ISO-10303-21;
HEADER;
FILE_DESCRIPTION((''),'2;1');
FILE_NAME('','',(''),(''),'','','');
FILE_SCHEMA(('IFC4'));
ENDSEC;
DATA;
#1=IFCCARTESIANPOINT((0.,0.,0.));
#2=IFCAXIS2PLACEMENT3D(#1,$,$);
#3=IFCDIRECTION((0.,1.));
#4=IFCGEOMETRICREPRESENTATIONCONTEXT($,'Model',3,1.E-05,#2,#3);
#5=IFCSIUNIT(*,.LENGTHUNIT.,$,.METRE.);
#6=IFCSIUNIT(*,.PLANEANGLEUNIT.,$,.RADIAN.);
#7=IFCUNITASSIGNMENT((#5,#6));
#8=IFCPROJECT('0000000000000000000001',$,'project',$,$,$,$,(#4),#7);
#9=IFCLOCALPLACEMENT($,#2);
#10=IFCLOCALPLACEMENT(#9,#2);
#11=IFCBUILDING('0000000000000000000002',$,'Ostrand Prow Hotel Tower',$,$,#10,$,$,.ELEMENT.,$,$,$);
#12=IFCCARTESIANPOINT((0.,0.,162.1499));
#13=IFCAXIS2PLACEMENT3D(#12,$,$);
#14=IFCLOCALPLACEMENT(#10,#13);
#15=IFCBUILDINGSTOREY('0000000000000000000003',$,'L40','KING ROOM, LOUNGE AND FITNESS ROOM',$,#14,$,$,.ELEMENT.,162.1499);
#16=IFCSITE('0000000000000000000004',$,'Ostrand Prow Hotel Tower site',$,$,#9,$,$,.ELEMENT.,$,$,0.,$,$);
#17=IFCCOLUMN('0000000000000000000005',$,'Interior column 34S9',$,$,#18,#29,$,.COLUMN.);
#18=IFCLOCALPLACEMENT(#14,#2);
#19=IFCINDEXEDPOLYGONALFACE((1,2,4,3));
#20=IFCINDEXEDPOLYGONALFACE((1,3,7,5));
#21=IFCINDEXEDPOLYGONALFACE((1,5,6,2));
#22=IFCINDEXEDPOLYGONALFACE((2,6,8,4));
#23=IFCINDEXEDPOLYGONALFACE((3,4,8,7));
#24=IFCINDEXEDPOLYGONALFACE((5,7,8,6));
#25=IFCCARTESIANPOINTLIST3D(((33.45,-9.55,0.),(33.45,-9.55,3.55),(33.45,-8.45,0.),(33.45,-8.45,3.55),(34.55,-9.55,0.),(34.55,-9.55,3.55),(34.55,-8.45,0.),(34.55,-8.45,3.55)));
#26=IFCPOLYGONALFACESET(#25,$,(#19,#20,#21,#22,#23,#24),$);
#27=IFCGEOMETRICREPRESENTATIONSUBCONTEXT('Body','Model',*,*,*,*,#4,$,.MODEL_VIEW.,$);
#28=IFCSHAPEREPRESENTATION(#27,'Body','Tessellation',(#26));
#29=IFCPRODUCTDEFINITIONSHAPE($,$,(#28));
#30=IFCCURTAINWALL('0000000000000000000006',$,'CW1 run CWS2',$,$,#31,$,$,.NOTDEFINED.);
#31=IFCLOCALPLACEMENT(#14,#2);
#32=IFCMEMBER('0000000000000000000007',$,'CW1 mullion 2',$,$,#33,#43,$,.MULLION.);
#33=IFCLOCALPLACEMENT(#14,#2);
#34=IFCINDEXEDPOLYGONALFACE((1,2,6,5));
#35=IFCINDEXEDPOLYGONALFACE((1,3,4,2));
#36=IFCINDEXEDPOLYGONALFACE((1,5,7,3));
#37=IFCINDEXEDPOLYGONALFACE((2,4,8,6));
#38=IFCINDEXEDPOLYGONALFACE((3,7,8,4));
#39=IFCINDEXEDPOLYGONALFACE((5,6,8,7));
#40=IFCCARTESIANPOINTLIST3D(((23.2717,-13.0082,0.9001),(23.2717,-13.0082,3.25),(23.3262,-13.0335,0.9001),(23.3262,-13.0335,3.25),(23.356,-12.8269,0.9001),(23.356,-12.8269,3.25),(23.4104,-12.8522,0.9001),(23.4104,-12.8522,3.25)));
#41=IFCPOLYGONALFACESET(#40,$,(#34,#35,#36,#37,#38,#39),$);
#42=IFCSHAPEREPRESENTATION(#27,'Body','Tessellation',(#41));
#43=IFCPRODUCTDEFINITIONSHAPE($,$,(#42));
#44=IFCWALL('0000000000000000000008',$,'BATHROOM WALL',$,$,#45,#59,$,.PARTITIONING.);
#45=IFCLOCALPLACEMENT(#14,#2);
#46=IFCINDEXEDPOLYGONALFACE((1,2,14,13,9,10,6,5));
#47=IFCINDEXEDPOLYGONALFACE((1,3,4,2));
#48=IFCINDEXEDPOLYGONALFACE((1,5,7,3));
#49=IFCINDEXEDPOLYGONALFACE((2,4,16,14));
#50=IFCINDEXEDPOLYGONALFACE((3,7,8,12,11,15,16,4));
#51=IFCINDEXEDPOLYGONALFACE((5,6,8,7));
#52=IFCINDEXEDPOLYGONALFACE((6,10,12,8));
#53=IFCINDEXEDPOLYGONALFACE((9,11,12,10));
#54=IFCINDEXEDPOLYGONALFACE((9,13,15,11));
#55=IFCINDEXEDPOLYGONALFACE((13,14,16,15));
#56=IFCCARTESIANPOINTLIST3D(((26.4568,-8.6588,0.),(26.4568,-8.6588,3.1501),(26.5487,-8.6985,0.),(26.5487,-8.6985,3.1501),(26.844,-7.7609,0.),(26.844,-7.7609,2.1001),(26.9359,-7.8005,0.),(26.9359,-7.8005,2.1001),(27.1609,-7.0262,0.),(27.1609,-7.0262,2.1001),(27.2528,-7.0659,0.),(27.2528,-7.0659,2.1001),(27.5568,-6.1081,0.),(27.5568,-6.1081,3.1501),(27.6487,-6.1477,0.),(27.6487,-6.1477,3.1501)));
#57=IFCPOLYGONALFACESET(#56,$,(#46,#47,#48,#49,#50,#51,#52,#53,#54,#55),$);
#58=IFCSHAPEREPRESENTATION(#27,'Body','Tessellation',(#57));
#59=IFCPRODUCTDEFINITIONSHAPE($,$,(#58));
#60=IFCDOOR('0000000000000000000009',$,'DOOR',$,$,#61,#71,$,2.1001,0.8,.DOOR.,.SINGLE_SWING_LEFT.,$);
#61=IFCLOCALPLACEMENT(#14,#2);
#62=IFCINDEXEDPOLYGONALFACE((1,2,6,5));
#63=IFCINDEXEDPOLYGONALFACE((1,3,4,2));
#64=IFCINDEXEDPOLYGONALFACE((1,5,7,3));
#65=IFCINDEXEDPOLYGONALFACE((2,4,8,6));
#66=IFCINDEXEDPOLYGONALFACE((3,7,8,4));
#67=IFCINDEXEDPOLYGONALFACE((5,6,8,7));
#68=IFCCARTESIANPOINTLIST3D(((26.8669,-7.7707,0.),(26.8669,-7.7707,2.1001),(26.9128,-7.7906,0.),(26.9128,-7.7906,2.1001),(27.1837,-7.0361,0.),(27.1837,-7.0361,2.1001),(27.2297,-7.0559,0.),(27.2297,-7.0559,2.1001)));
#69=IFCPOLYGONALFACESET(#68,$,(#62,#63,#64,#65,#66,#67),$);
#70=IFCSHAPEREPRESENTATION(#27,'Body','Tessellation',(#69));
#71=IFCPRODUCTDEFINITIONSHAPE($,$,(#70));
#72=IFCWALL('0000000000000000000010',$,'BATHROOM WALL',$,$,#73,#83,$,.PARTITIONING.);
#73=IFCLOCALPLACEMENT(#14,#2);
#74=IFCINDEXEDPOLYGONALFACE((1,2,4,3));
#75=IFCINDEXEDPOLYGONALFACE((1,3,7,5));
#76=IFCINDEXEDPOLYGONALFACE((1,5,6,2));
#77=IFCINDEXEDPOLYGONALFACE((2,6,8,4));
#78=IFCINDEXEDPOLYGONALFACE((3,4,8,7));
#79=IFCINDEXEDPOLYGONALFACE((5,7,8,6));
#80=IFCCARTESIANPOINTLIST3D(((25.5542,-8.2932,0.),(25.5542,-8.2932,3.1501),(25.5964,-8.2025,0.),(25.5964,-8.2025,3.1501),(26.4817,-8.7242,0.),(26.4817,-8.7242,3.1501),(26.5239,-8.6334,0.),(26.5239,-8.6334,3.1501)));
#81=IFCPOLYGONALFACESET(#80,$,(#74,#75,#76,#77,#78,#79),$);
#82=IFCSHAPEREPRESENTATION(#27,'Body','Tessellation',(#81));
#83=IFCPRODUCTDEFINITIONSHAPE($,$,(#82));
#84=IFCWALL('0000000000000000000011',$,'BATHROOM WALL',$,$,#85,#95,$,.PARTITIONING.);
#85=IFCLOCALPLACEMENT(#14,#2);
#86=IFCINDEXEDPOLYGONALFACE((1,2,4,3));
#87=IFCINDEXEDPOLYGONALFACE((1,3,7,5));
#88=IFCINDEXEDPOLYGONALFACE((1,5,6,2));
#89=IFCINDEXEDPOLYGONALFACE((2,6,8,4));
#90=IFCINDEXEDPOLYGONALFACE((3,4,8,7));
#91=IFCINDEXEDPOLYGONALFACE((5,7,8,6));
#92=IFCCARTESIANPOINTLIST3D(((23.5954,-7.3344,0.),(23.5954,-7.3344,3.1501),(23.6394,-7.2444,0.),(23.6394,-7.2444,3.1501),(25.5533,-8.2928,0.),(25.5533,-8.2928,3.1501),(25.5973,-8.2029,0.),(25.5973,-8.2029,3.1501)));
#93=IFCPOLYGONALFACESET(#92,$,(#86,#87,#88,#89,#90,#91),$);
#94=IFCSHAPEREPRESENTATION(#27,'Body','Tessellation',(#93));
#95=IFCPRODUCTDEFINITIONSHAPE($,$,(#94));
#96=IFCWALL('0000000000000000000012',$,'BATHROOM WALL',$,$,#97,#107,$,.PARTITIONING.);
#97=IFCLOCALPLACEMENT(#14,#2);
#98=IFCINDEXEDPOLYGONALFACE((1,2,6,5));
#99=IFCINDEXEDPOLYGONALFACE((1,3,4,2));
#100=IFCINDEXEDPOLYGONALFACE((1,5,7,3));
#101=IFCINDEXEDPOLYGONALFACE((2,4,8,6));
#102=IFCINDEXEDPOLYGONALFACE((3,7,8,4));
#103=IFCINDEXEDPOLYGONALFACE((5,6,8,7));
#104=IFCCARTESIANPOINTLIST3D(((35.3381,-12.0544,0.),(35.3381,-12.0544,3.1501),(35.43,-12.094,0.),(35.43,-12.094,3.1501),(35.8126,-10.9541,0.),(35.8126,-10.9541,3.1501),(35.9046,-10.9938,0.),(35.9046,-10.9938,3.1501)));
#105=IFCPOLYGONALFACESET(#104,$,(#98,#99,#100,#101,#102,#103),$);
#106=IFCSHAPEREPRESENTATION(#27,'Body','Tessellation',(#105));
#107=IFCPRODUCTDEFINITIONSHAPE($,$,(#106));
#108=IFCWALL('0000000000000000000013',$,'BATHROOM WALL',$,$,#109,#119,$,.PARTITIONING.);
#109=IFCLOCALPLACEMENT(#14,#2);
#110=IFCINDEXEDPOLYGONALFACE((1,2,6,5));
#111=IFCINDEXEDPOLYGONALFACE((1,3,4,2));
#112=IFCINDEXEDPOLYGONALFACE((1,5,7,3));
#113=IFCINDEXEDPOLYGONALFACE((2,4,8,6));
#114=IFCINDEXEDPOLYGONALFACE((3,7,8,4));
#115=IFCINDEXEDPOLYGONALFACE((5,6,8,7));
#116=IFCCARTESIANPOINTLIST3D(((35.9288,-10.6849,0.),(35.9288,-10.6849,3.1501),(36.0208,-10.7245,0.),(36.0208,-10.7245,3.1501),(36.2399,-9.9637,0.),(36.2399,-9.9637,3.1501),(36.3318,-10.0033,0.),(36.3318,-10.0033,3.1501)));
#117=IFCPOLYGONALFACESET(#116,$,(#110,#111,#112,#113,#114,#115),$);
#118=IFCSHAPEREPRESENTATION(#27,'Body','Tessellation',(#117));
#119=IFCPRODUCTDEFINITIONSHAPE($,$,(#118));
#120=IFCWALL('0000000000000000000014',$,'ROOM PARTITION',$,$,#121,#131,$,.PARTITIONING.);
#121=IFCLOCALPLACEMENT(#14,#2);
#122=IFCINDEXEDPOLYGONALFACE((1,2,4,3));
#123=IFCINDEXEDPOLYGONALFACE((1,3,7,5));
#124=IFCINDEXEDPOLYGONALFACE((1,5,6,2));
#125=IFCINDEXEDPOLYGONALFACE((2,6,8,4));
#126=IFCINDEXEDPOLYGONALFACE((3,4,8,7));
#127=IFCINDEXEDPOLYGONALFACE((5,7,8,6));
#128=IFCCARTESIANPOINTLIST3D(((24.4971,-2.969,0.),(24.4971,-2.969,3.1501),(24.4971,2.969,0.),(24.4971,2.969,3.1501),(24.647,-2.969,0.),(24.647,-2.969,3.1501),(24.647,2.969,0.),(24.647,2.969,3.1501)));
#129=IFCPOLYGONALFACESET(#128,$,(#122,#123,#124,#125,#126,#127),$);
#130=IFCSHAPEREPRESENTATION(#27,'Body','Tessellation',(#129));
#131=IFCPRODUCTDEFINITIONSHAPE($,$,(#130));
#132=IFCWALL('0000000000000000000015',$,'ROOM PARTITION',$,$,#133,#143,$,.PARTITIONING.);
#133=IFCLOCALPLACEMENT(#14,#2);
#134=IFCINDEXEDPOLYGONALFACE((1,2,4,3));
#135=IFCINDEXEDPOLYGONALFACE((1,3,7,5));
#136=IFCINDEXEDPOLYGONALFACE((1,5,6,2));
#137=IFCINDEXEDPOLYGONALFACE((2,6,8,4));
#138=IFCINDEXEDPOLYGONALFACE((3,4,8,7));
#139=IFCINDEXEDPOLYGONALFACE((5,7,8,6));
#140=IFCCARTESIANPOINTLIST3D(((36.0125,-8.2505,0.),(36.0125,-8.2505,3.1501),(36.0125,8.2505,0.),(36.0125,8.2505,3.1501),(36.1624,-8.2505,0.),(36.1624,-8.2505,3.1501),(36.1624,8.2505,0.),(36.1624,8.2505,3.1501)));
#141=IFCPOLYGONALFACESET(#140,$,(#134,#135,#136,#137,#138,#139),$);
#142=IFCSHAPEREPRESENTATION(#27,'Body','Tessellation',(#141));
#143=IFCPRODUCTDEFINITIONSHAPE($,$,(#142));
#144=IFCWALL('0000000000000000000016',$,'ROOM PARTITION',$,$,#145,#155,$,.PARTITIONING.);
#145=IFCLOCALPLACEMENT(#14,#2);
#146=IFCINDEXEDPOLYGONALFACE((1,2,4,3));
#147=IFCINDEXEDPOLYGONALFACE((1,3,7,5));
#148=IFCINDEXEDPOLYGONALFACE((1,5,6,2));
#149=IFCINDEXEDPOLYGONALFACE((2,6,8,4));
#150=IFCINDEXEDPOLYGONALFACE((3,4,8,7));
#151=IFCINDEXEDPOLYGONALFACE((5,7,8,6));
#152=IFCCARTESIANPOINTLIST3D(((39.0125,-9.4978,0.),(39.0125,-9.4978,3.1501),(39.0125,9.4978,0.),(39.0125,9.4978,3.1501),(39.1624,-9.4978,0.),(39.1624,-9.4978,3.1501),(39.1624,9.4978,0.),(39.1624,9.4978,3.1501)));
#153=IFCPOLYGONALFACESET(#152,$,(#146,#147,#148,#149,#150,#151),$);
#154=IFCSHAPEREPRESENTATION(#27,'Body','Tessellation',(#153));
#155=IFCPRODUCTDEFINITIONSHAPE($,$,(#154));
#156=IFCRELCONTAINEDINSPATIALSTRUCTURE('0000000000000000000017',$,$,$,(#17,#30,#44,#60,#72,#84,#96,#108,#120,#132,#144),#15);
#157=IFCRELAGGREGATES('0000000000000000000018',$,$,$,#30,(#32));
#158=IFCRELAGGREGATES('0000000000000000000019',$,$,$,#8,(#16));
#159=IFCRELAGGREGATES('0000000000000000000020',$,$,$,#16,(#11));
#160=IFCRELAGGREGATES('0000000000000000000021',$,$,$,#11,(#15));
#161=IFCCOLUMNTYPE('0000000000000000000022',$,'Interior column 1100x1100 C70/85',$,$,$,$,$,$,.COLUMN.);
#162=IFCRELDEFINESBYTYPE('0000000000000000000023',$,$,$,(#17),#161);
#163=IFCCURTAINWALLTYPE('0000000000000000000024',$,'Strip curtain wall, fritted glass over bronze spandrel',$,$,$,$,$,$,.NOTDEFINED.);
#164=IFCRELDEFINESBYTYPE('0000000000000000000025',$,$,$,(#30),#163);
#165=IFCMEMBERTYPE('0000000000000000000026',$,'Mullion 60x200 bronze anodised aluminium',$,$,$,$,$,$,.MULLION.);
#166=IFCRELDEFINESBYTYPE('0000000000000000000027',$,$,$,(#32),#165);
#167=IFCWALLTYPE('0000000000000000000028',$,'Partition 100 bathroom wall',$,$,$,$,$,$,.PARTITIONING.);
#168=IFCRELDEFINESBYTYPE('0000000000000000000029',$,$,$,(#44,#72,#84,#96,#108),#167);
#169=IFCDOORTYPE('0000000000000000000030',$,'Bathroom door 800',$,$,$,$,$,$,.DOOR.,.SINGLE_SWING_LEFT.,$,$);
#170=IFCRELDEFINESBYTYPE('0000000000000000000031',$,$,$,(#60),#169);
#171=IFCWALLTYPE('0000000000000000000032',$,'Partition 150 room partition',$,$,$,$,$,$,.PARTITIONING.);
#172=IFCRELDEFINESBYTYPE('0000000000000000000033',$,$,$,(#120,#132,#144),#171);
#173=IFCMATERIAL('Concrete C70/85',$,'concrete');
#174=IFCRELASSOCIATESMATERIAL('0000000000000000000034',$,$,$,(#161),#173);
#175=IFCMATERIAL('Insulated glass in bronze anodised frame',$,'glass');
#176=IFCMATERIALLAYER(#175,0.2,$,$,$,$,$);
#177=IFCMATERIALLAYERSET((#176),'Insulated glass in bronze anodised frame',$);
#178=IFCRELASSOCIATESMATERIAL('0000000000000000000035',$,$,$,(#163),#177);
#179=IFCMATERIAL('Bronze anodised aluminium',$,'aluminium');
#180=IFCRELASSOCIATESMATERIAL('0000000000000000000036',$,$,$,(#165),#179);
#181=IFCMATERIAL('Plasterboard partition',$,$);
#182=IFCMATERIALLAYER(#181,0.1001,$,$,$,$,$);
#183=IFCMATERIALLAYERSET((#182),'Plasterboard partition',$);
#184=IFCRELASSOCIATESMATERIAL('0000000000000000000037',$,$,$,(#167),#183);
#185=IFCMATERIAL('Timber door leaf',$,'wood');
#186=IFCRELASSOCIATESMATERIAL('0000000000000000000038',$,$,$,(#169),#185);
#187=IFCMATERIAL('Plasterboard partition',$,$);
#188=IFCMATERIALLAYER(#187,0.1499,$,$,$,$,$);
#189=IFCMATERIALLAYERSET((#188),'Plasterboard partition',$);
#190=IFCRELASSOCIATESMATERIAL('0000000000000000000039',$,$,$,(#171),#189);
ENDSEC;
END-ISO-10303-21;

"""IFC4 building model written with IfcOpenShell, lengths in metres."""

from ifc_helpers import new_model, si_unit, direction, frame, frame_2d, origin, origin_2d, place, context, subcontext, project, spatial, rectangle, extrude, material, layer, layer_set, material_profile, profile_set, type_object, element, fill, aggregate, save


model = new_model("IFC4")

# Units and contexts
model_context = context("Model", 3, precision=1e-05, world=origin(), true_north=direction((0.0, 1.0)))
body_context = subcontext(model_context, "Body", "Model", "MODEL_VIEW")
ifc_project = project(units=[si_unit("LENGTHUNIT", "METRE"), si_unit("PLANEANGLEUNIT", "RADIAN")], contexts=[model_context])

# Site, building, storey
site_placement = place(None, origin())
site = spatial("IfcSite", under=ifc_project, at=site_placement, Name="Ostrand Prow Hotel Tower site", CompositionType="ELEMENT", RefElevation=0.0)
building_placement = place(site_placement, origin())
building = spatial("IfcBuilding", under=site, at=building_placement, Name="Ostrand Prow Hotel Tower", CompositionType="ELEMENT")
storey_placement = place(building_placement, frame((0.0, 0.0, 162.1499)))
storey = spatial("IfcBuildingStorey", under=building, at=storey_placement, Name="L40", Description="KING ROOM, LOUNGE AND FITNESS ROOM", CompositionType="ELEMENT", Elevation=162.1499)

# Column
ifc_material_1 = material(Name="Concrete C70/85", Category="concrete")
ifc_material_profile_1 = material_profile(ifc_material_1, rectangle(XDim=1.1001, YDim=1.1001, at=origin_2d()), Name="RC 1100x1100")
ifc_profile_set_1 = profile_set([ifc_material_profile_1], Name="Concrete C70/85")
column_type = type_object("IfcColumnType", Name="Interior column 1100x1100 C70/85", PredefinedType="COLUMN", material=ifc_profile_set_1)
column_placement = place(storey_placement, frame((34.0, -9.0, 0.0), z_axis=(0.0, 0.0, 1.0), x_axis=(1.0, 0.0, 0.0)))
element("IfcColumn", 1, at=column_placement, inside=storey, type_object=column_type, Name="Interior column 34S9", PredefinedType="COLUMN", context=body_context, shape_type="SweptSolid", body=[
    extrude(rectangle(XDim=1.1001, YDim=1.1001, at=origin_2d()), origin(), (0.0, 0.0, 1.0), 3.55),
])

# Curtain wall, member
ifc_material_2 = material(Name="Insulated glass in bronze anodised frame", Category="glass")
ifc_layer_1 = layer(ifc_material_2, 0.2)
ifc_layer_set_1 = layer_set([ifc_layer_1], Name="Insulated glass in bronze anodised frame")
curtain_wall_type = type_object("IfcCurtainWallType", Name="Strip curtain wall, fritted glass over bronze spandrel", PredefinedType="NOTDEFINED", material=ifc_layer_set_1)
curtain_wall_placement = place(storey_placement, origin())
curtain_wall = element("IfcCurtainWall", 2, at=curtain_wall_placement, inside=storey, type_object=curtain_wall_type, Name="CW1 run CWS2", PredefinedType="NOTDEFINED")
ifc_material_3 = material(Name="Bronze anodised aluminium", Category="aluminium")
ifc_material_profile_2 = material_profile(ifc_material_3, rectangle(XDim=0.2, YDim=0.0601, at=origin_2d()), Name="Mullion 60x200 bronze anodised aluminium")
ifc_profile_set_2 = profile_set([ifc_material_profile_2], Name="Bronze anodised aluminium")
member_type = type_object("IfcMemberType", Name="Mullion 60x200 bronze anodised aluminium", PredefinedType="MULLION", material=ifc_profile_set_2)
member_placement = place(storey_placement, frame((23.3411, -12.9302, 0.9001), z_axis=(0.0, 0.0, 1.0), x_axis=(0.421522, 0.906818, 0.0)))
member = element("IfcMember", 3, at=member_placement, type_object=member_type, Name="CW1 mullion 2", PredefinedType="MULLION", context=body_context, shape_type="SweptSolid", body=[
    extrude(rectangle(XDim=0.2, YDim=0.0601, at=origin_2d()), origin(), (0.0, 0.0, 1.0), 2.3499),
])
aggregate(curtain_wall, [member])

# Wall, opening, door
ifc_material_4 = material(Name="Plasterboard partition")
ifc_layer_2 = layer(ifc_material_4, 0.1001)
ifc_layer_set_2 = layer_set([ifc_layer_2], Name="Plasterboard partition")
wall_type_1 = type_object("IfcWallType", Name="Partition 100 bathroom wall", PredefinedType="PARTITIONING", material=ifc_layer_set_2)
wall_1_placement = place(storey_placement, frame((27.6028, -6.1279, 0.0), z_axis=(0.0, 0.0, 1.0), x_axis=(-0.396018, -0.918243, 0.0)))
wall_1 = element("IfcWall", 4, at=wall_1_placement, inside=storey, type_object=wall_type_1, Name="BATHROOM WALL", PredefinedType="PARTITIONING", context=body_context, shape_type="SweptSolid", body=[
    extrude(rectangle(XDim=2.7778, YDim=0.1001, at=frame_2d((1.3889, 0.0))), origin(), (0.0, 0.0, 1.0), 3.1501),
])
opening_1_placement = place(wall_1_placement, frame((1.0, 0.0, 0.0)))
opening_1 = element("IfcOpeningElement", 5, at=opening_1_placement, cuts=wall_1, PredefinedType="OPENING", context=body_context, shape_type="SweptSolid", body=[
    extrude(rectangle(XDim=0.8, YDim=2.1001, at=frame_2d((0.3999, 1.05))), frame((0.0, 0.0601, 0.0), z_axis=(0.0, -1.0, 0.0), x_axis=(1.0, 0.0, 0.0)), (0.0, 0.0, 1.0), 0.1201),
])
ifc_material_5 = material(Name="Timber door leaf", Category="wood")
door_type_1 = type_object("IfcDoorType", Name="Bathroom door 800", OperationType="SINGLE_SWING_LEFT", PredefinedType="DOOR", material=ifc_material_5)
door_1_placement = place(opening_1_placement, origin())
door_1 = element("IfcDoor", 6, at=door_1_placement, inside=storey, type_object=door_type_1, Name="DOOR", OperationType="SINGLE_SWING_LEFT", OverallHeight=2.1001, OverallWidth=0.8, PredefinedType="DOOR", context=body_context, shape_type="SweptSolid", body=[
    extrude(rectangle(XDim=0.8, YDim=2.1001, at=frame_2d((0.3999, 1.05))), frame((0.0, 0.0249, 0.0), z_axis=(0.0, -1.0, 0.0), x_axis=(1.0, 0.0, 0.0)), (0.0, 0.0, 1.0), 0.05),
])
fill(opening_1, door_1)

# Walls
wall_2_placement = place(storey_placement, frame((26.5027, -8.6787, 0.0), z_axis=(0.0, 0.0, 1.0), x_axis=(-0.906901, 0.421343, 0.0)))
element("IfcWall", 7, at=wall_2_placement, inside=storey, type_object=wall_type_1, Name="BATHROOM WALL", PredefinedType="PARTITIONING", context=body_context, shape_type="SweptSolid", body=[
    extrude(rectangle(XDim=1.0227, YDim=0.1001, at=frame_2d((0.5112, 0.0))), origin(), (0.0, 0.0, 1.0), 3.1501),
])
wall_3_placement = place(storey_placement, frame((25.5752, -8.2478, 0.0), z_axis=(0.0, 0.0, 1.0), x_axis=(-0.898158, 0.439672, 0.0)))
element("IfcWall", 8, at=wall_3_placement, inside=storey, type_object=wall_type_1, Name="BATHROOM WALL", PredefinedType="PARTITIONING", context=body_context, shape_type="SweptSolid", body=[
    extrude(rectangle(XDim=2.1799, YDim=0.1001, at=frame_2d((1.0898, 0.0))), origin(), (0.0, 0.0, 1.0), 3.1501),
])
wall_4_placement = place(storey_placement, frame((35.384, -12.0742, 0.0), z_axis=(0.0, 0.0, 1.0), x_axis=(0.396057, 0.918226, 0.0)))
element("IfcWall", 9, at=wall_4_placement, inside=storey, type_object=wall_type_1, Name="BATHROOM WALL", PredefinedType="PARTITIONING", context=body_context, shape_type="SweptSolid", body=[
    extrude(rectangle(XDim=1.1982, YDim=0.1001, at=frame_2d((0.5991, 0.0))), origin(), (0.0, 0.0, 1.0), 3.1501),
])
wall_5_placement = place(storey_placement, frame((35.9749, -10.7046, 0.0), z_axis=(0.0, 0.0, 1.0), x_axis=(0.396019, 0.918242, 0.0)))
element("IfcWall", 10, at=wall_5_placement, inside=storey, type_object=wall_type_1, Name="BATHROOM WALL", PredefinedType="PARTITIONING", context=body_context, shape_type="SweptSolid", body=[
    extrude(rectangle(XDim=0.7854, YDim=0.1001, at=frame_2d((0.3926, 0.0))), origin(), (0.0, 0.0, 1.0), 3.1501),
])
ifc_material_6 = material(Name="Plasterboard partition")
ifc_layer_3 = layer(ifc_material_6, 0.1499)
ifc_layer_set_3 = layer_set([ifc_layer_3], Name="Plasterboard partition")
wall_type_2 = type_object("IfcWallType", Name="Partition 150 room partition", PredefinedType="PARTITIONING", material=ifc_layer_set_3)
wall_6_placement = place(storey_placement, frame((24.572, -2.969, 0.0), z_axis=(0.0, 0.0, 1.0), x_axis=(0.0, 1.0, 0.0)))
element("IfcWall", 11, at=wall_6_placement, inside=storey, type_object=wall_type_2, Name="ROOM PARTITION", PredefinedType="PARTITIONING", context=body_context, shape_type="SweptSolid", body=[
    extrude(rectangle(XDim=5.938, YDim=0.1499, at=frame_2d((2.969, 0.0))), origin(), (0.0, 0.0, 1.0), 3.1501),
])
wall_7_placement = place(storey_placement, frame((36.0874, -8.2505, 0.0), z_axis=(0.0, 0.0, 1.0), x_axis=(0.0, 1.0, 0.0)))
element("IfcWall", 12, at=wall_7_placement, inside=storey, type_object=wall_type_2, Name="ROOM PARTITION", PredefinedType="PARTITIONING", context=body_context, shape_type="SweptSolid", body=[
    extrude(rectangle(XDim=16.501, YDim=0.1499, at=frame_2d((8.2505, 0.0))), origin(), (0.0, 0.0, 1.0), 3.1501),
])
wall_8_placement = place(storey_placement, frame((39.0874, -9.4978, 0.0), z_axis=(0.0, 0.0, 1.0), x_axis=(0.0, 1.0, 0.0)))
element("IfcWall", 13, at=wall_8_placement, inside=storey, type_object=wall_type_2, Name="ROOM PARTITION", PredefinedType="PARTITIONING", context=body_context, shape_type="SweptSolid", body=[
    extrude(rectangle(XDim=18.9956, YDim=0.1499, at=frame_2d((9.4978, 0.0))), origin(), (0.0, 0.0, 1.0), 3.1501),
])

save(model, "model.ifc")
